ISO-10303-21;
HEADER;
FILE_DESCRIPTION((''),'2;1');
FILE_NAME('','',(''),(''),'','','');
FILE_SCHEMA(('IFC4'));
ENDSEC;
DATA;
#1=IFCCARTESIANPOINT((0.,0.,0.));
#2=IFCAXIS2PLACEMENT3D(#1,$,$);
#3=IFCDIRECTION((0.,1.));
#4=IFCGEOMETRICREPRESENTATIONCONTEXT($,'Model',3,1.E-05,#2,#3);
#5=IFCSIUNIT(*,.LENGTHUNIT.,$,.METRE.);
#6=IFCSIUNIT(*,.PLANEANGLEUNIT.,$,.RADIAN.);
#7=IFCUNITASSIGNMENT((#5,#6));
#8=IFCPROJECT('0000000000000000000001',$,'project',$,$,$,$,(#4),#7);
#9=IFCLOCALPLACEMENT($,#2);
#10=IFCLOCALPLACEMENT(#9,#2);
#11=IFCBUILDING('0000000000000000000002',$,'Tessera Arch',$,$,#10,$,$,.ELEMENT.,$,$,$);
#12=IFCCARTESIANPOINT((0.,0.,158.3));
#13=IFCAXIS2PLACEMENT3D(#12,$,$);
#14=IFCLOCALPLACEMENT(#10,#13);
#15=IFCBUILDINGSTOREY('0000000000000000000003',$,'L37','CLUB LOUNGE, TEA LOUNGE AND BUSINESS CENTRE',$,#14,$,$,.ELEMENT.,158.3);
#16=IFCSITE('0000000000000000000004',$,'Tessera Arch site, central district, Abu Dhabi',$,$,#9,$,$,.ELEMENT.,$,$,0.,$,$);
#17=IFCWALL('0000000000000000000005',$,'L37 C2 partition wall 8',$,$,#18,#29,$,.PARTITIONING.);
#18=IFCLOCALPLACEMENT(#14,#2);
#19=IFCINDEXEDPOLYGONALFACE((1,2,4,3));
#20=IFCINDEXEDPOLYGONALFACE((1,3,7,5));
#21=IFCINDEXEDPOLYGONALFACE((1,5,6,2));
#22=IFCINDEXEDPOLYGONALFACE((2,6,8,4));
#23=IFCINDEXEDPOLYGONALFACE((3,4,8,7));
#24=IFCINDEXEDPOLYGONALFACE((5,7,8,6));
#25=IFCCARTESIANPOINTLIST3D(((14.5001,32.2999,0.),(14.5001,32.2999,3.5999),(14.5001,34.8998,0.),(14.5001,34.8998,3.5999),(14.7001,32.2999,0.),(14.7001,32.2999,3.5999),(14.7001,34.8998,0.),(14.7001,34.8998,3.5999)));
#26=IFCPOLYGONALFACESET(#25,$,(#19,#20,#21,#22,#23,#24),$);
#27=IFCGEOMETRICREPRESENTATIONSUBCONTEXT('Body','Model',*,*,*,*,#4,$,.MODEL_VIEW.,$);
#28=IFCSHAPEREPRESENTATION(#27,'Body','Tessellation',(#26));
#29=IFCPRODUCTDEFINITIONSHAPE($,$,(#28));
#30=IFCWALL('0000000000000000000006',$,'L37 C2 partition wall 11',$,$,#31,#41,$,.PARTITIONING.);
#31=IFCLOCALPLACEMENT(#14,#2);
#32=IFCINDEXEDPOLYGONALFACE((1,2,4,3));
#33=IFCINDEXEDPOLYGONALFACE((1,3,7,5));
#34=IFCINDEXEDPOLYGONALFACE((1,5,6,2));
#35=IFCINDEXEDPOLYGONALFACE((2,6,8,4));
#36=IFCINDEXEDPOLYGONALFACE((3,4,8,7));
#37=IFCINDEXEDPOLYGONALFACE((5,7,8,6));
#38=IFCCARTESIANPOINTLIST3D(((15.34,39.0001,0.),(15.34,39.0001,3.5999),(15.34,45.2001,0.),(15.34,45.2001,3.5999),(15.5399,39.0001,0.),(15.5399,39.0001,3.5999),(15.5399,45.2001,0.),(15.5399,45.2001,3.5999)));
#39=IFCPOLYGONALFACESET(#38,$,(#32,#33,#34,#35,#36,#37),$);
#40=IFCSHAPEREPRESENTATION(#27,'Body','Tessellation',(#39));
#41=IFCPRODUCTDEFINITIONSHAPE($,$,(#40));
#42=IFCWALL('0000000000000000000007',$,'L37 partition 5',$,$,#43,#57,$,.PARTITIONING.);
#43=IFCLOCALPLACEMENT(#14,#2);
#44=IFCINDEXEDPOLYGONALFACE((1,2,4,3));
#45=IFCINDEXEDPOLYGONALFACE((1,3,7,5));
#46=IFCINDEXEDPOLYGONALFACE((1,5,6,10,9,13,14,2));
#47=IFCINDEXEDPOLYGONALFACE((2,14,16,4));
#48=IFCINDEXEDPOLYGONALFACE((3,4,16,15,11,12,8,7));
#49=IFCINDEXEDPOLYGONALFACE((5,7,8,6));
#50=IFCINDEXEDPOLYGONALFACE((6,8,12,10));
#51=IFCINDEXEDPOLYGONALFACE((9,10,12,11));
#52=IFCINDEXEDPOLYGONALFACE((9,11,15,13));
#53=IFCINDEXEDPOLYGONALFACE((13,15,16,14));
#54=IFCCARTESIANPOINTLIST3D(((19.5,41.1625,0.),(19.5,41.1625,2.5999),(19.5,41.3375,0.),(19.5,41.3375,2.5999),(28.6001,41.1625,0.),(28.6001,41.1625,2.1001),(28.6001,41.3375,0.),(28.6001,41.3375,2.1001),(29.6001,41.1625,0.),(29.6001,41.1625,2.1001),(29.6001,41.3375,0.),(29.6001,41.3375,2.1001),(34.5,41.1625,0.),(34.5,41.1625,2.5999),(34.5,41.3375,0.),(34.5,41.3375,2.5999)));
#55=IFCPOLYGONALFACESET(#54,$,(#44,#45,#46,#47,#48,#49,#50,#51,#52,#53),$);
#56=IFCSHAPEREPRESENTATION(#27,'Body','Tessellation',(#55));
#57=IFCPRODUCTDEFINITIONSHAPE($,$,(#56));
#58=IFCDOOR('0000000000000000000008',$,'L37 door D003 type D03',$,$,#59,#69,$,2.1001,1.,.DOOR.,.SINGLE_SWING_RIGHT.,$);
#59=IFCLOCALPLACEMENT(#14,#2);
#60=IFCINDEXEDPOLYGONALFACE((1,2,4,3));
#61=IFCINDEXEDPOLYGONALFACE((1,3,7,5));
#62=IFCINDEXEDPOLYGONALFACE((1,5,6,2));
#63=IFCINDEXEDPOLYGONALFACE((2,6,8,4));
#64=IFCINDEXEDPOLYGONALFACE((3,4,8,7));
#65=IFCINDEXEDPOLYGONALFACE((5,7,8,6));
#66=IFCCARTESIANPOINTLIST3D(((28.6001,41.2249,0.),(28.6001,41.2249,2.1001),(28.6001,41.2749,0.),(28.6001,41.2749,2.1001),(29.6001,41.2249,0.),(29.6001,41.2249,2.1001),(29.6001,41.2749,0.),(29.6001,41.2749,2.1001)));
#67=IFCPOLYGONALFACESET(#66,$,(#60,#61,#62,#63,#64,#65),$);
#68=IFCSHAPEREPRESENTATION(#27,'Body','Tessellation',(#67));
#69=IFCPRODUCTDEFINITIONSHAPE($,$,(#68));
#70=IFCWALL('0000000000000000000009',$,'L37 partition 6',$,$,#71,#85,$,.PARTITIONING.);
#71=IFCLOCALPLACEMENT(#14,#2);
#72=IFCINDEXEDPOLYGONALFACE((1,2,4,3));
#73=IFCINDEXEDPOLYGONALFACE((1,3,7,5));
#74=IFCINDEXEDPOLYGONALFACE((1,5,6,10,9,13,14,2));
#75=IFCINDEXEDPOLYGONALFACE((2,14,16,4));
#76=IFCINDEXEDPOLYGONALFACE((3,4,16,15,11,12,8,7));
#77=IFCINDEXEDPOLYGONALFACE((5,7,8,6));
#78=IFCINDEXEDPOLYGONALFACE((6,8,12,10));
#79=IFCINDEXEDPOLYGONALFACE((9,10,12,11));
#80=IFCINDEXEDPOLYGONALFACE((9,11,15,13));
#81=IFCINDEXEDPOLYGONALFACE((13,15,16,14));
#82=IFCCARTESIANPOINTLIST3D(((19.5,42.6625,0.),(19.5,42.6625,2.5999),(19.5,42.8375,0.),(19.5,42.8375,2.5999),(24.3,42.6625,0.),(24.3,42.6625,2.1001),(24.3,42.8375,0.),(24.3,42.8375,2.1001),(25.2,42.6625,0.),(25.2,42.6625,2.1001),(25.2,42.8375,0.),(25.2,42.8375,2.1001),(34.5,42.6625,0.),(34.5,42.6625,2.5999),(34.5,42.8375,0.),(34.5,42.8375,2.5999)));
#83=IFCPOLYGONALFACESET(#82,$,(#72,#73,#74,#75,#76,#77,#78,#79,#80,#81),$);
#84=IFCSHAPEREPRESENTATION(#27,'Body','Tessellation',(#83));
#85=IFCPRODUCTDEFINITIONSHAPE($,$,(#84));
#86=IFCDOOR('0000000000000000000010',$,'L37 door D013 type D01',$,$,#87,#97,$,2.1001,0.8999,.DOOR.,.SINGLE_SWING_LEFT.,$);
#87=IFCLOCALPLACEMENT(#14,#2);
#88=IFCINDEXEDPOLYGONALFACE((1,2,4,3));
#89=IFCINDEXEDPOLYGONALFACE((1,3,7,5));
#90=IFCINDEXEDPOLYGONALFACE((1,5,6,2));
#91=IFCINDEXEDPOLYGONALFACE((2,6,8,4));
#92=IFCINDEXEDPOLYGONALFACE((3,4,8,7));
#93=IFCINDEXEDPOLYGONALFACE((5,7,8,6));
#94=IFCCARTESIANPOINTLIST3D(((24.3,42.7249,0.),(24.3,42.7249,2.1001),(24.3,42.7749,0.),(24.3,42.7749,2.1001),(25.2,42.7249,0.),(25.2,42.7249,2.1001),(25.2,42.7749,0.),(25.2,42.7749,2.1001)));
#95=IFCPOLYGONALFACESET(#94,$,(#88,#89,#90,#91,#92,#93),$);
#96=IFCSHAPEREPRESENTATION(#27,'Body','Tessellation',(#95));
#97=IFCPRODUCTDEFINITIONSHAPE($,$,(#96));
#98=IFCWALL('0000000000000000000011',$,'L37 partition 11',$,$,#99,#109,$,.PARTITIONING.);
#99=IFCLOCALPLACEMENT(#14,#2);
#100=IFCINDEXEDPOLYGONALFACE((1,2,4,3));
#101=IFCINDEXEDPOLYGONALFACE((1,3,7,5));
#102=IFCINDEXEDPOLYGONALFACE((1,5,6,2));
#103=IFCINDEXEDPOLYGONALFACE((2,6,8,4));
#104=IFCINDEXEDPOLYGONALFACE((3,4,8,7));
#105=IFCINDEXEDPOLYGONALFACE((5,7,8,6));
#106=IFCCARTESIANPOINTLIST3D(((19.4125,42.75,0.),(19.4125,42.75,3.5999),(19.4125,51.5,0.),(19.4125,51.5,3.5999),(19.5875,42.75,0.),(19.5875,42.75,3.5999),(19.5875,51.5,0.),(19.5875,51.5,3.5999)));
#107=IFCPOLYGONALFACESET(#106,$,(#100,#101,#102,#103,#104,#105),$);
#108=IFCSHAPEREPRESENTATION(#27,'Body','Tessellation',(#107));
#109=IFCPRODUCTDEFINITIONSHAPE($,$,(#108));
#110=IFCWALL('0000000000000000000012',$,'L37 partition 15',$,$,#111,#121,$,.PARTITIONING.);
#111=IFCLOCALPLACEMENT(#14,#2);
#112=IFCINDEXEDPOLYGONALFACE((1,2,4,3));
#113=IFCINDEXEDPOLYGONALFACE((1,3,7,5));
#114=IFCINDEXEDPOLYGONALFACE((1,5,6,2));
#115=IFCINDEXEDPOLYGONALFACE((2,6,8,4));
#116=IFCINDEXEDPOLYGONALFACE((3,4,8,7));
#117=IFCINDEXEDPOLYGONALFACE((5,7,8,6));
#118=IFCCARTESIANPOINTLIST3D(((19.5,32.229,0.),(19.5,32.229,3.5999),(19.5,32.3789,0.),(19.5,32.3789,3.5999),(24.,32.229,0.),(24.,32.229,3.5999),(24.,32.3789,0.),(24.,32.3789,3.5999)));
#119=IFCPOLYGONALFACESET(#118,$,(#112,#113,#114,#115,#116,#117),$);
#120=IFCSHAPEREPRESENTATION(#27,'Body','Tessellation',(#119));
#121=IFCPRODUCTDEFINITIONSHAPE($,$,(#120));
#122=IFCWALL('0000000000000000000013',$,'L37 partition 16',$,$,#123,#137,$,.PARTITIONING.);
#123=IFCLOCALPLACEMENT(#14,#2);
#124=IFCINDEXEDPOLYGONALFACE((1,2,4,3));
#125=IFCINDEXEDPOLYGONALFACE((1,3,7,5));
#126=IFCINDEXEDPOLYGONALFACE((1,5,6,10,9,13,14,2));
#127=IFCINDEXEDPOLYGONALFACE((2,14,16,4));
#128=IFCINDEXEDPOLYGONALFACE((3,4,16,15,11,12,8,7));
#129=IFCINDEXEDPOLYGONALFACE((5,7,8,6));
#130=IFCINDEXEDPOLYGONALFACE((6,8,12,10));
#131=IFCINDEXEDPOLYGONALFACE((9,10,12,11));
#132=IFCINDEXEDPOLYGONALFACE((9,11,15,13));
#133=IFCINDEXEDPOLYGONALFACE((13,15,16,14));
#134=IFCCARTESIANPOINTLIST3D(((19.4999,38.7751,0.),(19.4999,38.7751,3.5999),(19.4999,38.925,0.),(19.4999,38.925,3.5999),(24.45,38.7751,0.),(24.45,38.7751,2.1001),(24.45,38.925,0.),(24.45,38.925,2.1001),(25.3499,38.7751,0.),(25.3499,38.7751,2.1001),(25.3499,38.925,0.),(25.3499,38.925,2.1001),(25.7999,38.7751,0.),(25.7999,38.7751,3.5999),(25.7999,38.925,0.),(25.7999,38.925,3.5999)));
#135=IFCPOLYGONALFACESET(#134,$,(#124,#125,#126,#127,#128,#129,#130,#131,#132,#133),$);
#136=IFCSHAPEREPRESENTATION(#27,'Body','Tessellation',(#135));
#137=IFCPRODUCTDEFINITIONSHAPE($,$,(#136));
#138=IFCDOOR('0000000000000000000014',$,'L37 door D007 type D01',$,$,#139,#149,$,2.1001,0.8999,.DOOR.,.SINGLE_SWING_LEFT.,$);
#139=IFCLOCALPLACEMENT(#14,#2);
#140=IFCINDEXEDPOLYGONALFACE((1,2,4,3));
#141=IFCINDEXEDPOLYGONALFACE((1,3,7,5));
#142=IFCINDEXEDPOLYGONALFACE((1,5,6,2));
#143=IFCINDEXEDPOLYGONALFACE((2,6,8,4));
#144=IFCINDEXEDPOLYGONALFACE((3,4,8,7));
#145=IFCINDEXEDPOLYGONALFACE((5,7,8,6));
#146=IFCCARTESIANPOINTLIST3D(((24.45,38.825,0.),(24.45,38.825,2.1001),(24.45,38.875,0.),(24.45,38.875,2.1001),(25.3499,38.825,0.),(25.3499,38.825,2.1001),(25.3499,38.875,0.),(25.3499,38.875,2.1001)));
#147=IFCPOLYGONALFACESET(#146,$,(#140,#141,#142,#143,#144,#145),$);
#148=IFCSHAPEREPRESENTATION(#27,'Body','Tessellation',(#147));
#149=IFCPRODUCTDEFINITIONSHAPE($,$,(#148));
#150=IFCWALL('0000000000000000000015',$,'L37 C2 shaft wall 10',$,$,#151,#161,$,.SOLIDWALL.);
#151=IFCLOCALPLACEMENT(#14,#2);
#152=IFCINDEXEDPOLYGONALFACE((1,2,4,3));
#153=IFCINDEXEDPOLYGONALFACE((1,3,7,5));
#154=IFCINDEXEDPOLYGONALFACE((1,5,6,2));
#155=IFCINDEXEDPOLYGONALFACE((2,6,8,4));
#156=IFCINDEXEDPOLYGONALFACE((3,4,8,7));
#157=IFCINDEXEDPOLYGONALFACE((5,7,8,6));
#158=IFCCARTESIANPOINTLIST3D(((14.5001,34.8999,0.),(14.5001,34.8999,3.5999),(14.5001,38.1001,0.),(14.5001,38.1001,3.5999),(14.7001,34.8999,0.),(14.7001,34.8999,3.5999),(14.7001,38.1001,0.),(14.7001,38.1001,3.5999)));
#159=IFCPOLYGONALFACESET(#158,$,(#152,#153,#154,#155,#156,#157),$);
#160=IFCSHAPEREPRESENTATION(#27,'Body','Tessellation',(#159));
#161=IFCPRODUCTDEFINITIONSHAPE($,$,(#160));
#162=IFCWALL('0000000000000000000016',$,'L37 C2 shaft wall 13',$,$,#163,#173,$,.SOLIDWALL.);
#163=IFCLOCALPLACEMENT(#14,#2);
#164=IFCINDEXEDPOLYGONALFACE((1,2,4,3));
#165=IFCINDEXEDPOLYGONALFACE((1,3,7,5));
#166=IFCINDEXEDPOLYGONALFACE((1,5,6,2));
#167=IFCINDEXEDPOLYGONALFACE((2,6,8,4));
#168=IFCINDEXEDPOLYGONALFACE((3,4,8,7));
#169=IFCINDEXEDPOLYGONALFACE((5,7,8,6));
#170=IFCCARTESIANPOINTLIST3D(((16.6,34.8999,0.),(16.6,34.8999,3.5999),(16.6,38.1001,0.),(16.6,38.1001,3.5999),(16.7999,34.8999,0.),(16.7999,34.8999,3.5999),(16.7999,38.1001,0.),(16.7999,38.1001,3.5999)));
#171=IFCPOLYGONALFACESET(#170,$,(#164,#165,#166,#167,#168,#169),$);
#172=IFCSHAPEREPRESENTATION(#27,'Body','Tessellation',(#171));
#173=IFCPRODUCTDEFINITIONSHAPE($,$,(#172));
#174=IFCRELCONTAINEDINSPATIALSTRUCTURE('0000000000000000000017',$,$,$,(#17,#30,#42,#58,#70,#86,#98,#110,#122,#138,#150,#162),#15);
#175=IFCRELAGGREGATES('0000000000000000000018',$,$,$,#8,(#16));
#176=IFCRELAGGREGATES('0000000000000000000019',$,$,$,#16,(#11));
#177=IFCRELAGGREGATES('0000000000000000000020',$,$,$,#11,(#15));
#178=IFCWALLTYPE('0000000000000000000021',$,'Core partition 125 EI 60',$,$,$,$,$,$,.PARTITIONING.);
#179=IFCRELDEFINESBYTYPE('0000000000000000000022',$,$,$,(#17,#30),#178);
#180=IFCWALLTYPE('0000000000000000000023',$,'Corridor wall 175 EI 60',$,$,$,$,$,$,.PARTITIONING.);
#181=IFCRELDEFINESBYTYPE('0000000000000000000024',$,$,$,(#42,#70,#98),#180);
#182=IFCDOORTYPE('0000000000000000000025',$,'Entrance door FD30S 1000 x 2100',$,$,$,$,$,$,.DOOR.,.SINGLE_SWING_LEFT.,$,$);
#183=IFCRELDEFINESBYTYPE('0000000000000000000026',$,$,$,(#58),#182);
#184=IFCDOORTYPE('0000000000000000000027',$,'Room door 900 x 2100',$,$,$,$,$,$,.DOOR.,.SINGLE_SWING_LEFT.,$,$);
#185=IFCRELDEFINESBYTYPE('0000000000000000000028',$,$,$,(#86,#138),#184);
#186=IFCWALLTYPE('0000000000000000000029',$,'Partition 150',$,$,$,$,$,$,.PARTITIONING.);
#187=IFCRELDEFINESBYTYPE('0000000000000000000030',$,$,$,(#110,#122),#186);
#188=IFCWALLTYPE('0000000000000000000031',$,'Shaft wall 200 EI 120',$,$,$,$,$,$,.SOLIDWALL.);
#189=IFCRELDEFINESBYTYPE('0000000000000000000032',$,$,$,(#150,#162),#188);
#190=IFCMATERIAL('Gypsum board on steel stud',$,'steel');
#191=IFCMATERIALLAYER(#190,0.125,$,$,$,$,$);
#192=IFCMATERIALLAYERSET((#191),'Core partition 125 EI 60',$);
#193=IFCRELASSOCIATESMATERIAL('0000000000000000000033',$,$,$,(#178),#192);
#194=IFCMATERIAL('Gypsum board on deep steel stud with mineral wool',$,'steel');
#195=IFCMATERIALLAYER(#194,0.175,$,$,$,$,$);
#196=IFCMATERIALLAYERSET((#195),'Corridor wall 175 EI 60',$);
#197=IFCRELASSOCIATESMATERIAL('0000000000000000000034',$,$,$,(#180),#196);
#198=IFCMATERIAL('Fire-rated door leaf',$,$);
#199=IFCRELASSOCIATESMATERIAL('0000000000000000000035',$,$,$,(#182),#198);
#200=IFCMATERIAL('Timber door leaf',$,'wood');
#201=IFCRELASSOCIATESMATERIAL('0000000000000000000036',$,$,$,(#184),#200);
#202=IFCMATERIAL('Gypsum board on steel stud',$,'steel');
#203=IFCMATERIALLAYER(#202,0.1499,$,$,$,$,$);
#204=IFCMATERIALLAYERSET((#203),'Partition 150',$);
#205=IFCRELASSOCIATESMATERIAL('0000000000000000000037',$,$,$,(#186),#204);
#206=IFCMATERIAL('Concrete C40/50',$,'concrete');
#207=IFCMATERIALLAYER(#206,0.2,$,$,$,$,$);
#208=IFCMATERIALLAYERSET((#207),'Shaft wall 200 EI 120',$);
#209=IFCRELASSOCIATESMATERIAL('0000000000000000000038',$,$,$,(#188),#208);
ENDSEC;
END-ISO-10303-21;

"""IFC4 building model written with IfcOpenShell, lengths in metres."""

from ifc_helpers import new_model, si_unit, direction, frame, frame_2d, origin, place, context, subcontext, project, spatial, rectangle, extrude, material, layer, layer_set, type_object, element, fill, save


model = new_model("IFC4")

# Units and contexts
model_context = context("Model", 3, precision=1e-05, world=origin(), true_north=direction((0.0, 1.0)))
body_context = subcontext(model_context, "Body", "Model", "MODEL_VIEW")
ifc_project = project(units=[si_unit("LENGTHUNIT", "METRE"), si_unit("PLANEANGLEUNIT", "RADIAN")], contexts=[model_context])

# Site, building, storey
site_placement = place(None, origin())
site = spatial("IfcSite", under=ifc_project, at=site_placement, Name="Tessera Arch site, central district, Abu Dhabi", CompositionType="ELEMENT", RefElevation=0.0)
building_placement = place(site_placement, origin())
building = spatial("IfcBuilding", under=site, at=building_placement, Name="Tessera Arch", CompositionType="ELEMENT")
storey_placement = place(building_placement, frame((0.0, 0.0, 158.3)))
storey = spatial("IfcBuildingStorey", under=building, at=storey_placement, Name="L37", Description="CLUB LOUNGE, TEA LOUNGE AND BUSINESS CENTRE", CompositionType="ELEMENT", Elevation=158.3)

# Walls
ifc_material_1 = material(Name="Gypsum board on steel stud", Category="steel")
ifc_layer_1 = layer(ifc_material_1, 0.125)
ifc_layer_set_1 = layer_set([ifc_layer_1], Name="Core partition 125 EI 60")
wall_type_1 = type_object("IfcWallType", Name="Core partition 125 EI 60", PredefinedType="PARTITIONING", material=ifc_layer_set_1)
wall_1_placement = place(storey_placement, frame((14.6001, 32.3, 0.0), z_axis=(0.0, 0.0, 1.0), x_axis=(0.0, 1.0, 0.0)))
element("IfcWall", 1, at=wall_1_placement, inside=storey, type_object=wall_type_1, Name="L37 C2 partition wall 8", PredefinedType="PARTITIONING", context=body_context, shape_type="SweptSolid", body=[
    extrude(rectangle(XDim=2.5999, YDim=0.2, at=frame_2d((1.2998, 0.0))), origin(), (0.0, 0.0, 1.0), 3.5999),
])
wall_2_placement = place(storey_placement, frame((15.4399, 39.0, 0.0), z_axis=(0.0, 0.0, 1.0), x_axis=(0.0, 1.0, 0.0)))
element("IfcWall", 2, at=wall_2_placement, inside=storey, type_object=wall_type_1, Name="L37 C2 partition wall 11", PredefinedType="PARTITIONING", context=body_context, shape_type="SweptSolid", body=[
    extrude(rectangle(XDim=6.2, YDim=0.2, at=frame_2d((3.1001, 0.0))), origin(), (0.0, 0.0, 1.0), 3.5999),
])

# Walls, openings, doors
ifc_material_2 = material(Name="Gypsum board on deep steel stud with mineral wool", Category="steel")
ifc_layer_2 = layer(ifc_material_2, 0.175)
ifc_layer_set_2 = layer_set([ifc_layer_2], Name="Corridor wall 175 EI 60")
wall_type_2 = type_object("IfcWallType", Name="Corridor wall 175 EI 60", PredefinedType="PARTITIONING", material=ifc_layer_set_2)
wall_3_placement = place(storey_placement, frame((19.5, 41.25, 0.0), z_axis=(0.0, 0.0, 1.0), x_axis=(1.0, 0.0, 0.0)))
wall_3 = element("IfcWall", 3, at=wall_3_placement, inside=storey, type_object=wall_type_2, Name="L37 partition 5", PredefinedType="PARTITIONING", context=body_context, shape_type="SweptSolid", body=[
    extrude(rectangle(XDim=15.0, YDim=0.175, at=frame_2d((7.5, 0.0))), origin(), (0.0, 0.0, 1.0), 2.5999),
])
opening_1_placement = place(wall_3_placement, frame((9.1001, 0.0, 0.0)))
opening_1 = element("IfcOpeningElement", 4, at=opening_1_placement, cuts=wall_3, PredefinedType="OPENING", context=body_context, shape_type="SweptSolid", body=[
    extrude(rectangle(XDim=1.0, YDim=2.1001, at=frame_2d((0.5, 1.05))), frame((0.0, 0.0974, 0.0), z_axis=(0.0, -1.0, 0.0), x_axis=(1.0, 0.0, 0.0)), (0.0, 0.0, 1.0), 0.1951),
])
ifc_material_3 = material(Name="Fire-rated door leaf")
door_type_1 = type_object("IfcDoorType", Name="Entrance door FD30S 1000 x 2100", OperationType="SINGLE_SWING_LEFT", PredefinedType="DOOR", material=ifc_material_3)
door_1_placement = place(opening_1_placement, origin())
door_1 = element("IfcDoor", 5, at=door_1_placement, inside=storey, type_object=door_type_1, Name="L37 door D003 type D03", OperationType="SINGLE_SWING_RIGHT", OverallHeight=2.1001, OverallWidth=1.0, PredefinedType="DOOR", context=body_context, shape_type="SweptSolid", body=[
    extrude(rectangle(XDim=1.0, YDim=2.1001, at=frame_2d((0.5, 1.05))), frame((0.0, 0.0249, 0.0), z_axis=(0.0, -1.0, 0.0), x_axis=(1.0, 0.0, 0.0)), (0.0, 0.0, 1.0), 0.05),
])
fill(opening_1, door_1)
wall_4_placement = place(storey_placement, frame((19.5, 42.75, 0.0), z_axis=(0.0, 0.0, 1.0), x_axis=(1.0, 0.0, 0.0)))
wall_4 = element("IfcWall", 6, at=wall_4_placement, inside=storey, type_object=wall_type_2, Name="L37 partition 6", PredefinedType="PARTITIONING", context=body_context, shape_type="SweptSolid", body=[
    extrude(rectangle(XDim=15.0, YDim=0.175, at=frame_2d((7.5, 0.0))), origin(), (0.0, 0.0, 1.0), 2.5999),
])
opening_2_placement = place(wall_4_placement, frame((4.8, 0.0, 0.0)))
opening_2 = element("IfcOpeningElement", 7, at=opening_2_placement, cuts=wall_4, PredefinedType="OPENING", context=body_context, shape_type="SweptSolid", body=[
    extrude(rectangle(XDim=0.8999, YDim=2.1001, at=frame_2d((0.45, 1.05))), frame((0.0, 0.0974, 0.0), z_axis=(0.0, -1.0, 0.0), x_axis=(1.0, 0.0, 0.0)), (0.0, 0.0, 1.0), 0.1951),
])
ifc_material_4 = material(Name="Timber door leaf", Category="wood")
door_type_2 = type_object("IfcDoorType", Name="Room door 900 x 2100", OperationType="SINGLE_SWING_LEFT", PredefinedType="DOOR", material=ifc_material_4)
door_2_placement = place(opening_2_placement, origin())
door_2 = element("IfcDoor", 8, at=door_2_placement, inside=storey, type_object=door_type_2, Name="L37 door D013 type D01", OperationType="SINGLE_SWING_LEFT", OverallHeight=2.1001, OverallWidth=0.8999, PredefinedType="DOOR", context=body_context, shape_type="SweptSolid", body=[
    extrude(rectangle(XDim=0.8999, YDim=2.1001, at=frame_2d((0.45, 1.05))), frame((0.0, 0.0249, 0.0), z_axis=(0.0, -1.0, 0.0), x_axis=(1.0, 0.0, 0.0)), (0.0, 0.0, 1.0), 0.05),
])
fill(opening_2, door_2)

# Walls
wall_5_placement = place(storey_placement, frame((19.5, 42.75, 0.0), z_axis=(0.0, 0.0, 1.0), x_axis=(0.0, 1.0, 0.0)))
element("IfcWall", 9, at=wall_5_placement, inside=storey, type_object=wall_type_2, Name="L37 partition 11", PredefinedType="PARTITIONING", context=body_context, shape_type="SweptSolid", body=[
    extrude(rectangle(XDim=8.75, YDim=0.175, at=frame_2d((4.375, 0.0))), origin(), (0.0, 0.0, 1.0), 3.5999),
])
ifc_material_5 = material(Name="Gypsum board on steel stud", Category="steel")
ifc_layer_3 = layer(ifc_material_5, 0.1499)
ifc_layer_set_3 = layer_set([ifc_layer_3], Name="Partition 150")
wall_type_3 = type_object("IfcWallType", Name="Partition 150", PredefinedType="PARTITIONING", material=ifc_layer_set_3)
wall_6_placement = place(storey_placement, frame((19.5, 32.304, 0.0), z_axis=(0.0, 0.0, 1.0), x_axis=(1.0, 0.0, 0.0)))
element("IfcWall", 10, at=wall_6_placement, inside=storey, type_object=wall_type_3, Name="L37 partition 15", PredefinedType="PARTITIONING", context=body_context, shape_type="SweptSolid", body=[
    extrude(rectangle(XDim=4.5, YDim=0.1499, at=frame_2d((2.25, 0.0))), origin(), (0.0, 0.0, 1.0), 3.5999),
])

# Wall, opening, door
wall_7_placement = place(storey_placement, frame((19.5, 38.8501, 0.0), z_axis=(0.0, 0.0, 1.0), x_axis=(1.0, 0.0, 0.0)))
wall_7 = element("IfcWall", 11, at=wall_7_placement, inside=storey, type_object=wall_type_3, Name="L37 partition 16", PredefinedType="PARTITIONING", context=body_context, shape_type="SweptSolid", body=[
    extrude(rectangle(XDim=6.3, YDim=0.1499, at=frame_2d((3.1499, 0.0))), origin(), (0.0, 0.0, 1.0), 3.5999),
])
opening_3_placement = place(wall_7_placement, frame((4.95, 0.0, 0.0)))
opening_3 = element("IfcOpeningElement", 12, at=opening_3_placement, cuts=wall_7, PredefinedType="OPENING", context=body_context, shape_type="SweptSolid", body=[
    extrude(rectangle(XDim=0.8999, YDim=2.1001, at=frame_2d((0.45, 1.05))), frame((0.0, 0.085, 0.0), z_axis=(0.0, -1.0, 0.0), x_axis=(1.0, 0.0, 0.0)), (0.0, 0.0, 1.0), 0.1699),
])
door_3_placement = place(opening_3_placement, origin())
door_3 = element("IfcDoor", 13, at=door_3_placement, inside=storey, type_object=door_type_2, Name="L37 door D007 type D01", OperationType="SINGLE_SWING_LEFT", OverallHeight=2.1001, OverallWidth=0.8999, PredefinedType="DOOR", context=body_context, shape_type="SweptSolid", body=[
    extrude(rectangle(XDim=0.8999, YDim=2.1001, at=frame_2d((0.45, 1.05))), frame((0.0, 0.0249, 0.0), z_axis=(0.0, -1.0, 0.0), x_axis=(1.0, 0.0, 0.0)), (0.0, 0.0, 1.0), 0.05),
])
fill(opening_3, door_3)

# Walls
ifc_material_6 = material(Name="Concrete C40/50", Category="concrete")
ifc_layer_4 = layer(ifc_material_6, 0.2)
ifc_layer_set_4 = layer_set([ifc_layer_4], Name="Shaft wall 200 EI 120")
wall_type_4 = type_object("IfcWallType", Name="Shaft wall 200 EI 120", PredefinedType="SOLIDWALL", material=ifc_layer_set_4)
for number, where, z_axis, x_axis, name in (
    (14, (14.6001, 34.8999, 0.0), (0.0, 0.0, 1.0), (0.0, 1.0, 0.0), "L37 C2 shaft wall 10"),
    (15, (16.7, 34.8999, 0.0), (0.0, 0.0, 1.0), (0.0, 1.0, 0.0), "L37 C2 shaft wall 13"),
):
    element("IfcWall", number, at=place(storey_placement, frame(where, z_axis=z_axis, x_axis=x_axis)), inside=storey, type_object=wall_type_4, Name=name, PredefinedType="SOLIDWALL", context=body_context, shape_type="SweptSolid", body=[
        extrude(rectangle(XDim=3.2002, YDim=0.2, at=frame_2d((1.6001, 0.0))), origin(), (0.0, 0.0, 1.0), 3.5999),
    ])

save(model, "model.ifc")
